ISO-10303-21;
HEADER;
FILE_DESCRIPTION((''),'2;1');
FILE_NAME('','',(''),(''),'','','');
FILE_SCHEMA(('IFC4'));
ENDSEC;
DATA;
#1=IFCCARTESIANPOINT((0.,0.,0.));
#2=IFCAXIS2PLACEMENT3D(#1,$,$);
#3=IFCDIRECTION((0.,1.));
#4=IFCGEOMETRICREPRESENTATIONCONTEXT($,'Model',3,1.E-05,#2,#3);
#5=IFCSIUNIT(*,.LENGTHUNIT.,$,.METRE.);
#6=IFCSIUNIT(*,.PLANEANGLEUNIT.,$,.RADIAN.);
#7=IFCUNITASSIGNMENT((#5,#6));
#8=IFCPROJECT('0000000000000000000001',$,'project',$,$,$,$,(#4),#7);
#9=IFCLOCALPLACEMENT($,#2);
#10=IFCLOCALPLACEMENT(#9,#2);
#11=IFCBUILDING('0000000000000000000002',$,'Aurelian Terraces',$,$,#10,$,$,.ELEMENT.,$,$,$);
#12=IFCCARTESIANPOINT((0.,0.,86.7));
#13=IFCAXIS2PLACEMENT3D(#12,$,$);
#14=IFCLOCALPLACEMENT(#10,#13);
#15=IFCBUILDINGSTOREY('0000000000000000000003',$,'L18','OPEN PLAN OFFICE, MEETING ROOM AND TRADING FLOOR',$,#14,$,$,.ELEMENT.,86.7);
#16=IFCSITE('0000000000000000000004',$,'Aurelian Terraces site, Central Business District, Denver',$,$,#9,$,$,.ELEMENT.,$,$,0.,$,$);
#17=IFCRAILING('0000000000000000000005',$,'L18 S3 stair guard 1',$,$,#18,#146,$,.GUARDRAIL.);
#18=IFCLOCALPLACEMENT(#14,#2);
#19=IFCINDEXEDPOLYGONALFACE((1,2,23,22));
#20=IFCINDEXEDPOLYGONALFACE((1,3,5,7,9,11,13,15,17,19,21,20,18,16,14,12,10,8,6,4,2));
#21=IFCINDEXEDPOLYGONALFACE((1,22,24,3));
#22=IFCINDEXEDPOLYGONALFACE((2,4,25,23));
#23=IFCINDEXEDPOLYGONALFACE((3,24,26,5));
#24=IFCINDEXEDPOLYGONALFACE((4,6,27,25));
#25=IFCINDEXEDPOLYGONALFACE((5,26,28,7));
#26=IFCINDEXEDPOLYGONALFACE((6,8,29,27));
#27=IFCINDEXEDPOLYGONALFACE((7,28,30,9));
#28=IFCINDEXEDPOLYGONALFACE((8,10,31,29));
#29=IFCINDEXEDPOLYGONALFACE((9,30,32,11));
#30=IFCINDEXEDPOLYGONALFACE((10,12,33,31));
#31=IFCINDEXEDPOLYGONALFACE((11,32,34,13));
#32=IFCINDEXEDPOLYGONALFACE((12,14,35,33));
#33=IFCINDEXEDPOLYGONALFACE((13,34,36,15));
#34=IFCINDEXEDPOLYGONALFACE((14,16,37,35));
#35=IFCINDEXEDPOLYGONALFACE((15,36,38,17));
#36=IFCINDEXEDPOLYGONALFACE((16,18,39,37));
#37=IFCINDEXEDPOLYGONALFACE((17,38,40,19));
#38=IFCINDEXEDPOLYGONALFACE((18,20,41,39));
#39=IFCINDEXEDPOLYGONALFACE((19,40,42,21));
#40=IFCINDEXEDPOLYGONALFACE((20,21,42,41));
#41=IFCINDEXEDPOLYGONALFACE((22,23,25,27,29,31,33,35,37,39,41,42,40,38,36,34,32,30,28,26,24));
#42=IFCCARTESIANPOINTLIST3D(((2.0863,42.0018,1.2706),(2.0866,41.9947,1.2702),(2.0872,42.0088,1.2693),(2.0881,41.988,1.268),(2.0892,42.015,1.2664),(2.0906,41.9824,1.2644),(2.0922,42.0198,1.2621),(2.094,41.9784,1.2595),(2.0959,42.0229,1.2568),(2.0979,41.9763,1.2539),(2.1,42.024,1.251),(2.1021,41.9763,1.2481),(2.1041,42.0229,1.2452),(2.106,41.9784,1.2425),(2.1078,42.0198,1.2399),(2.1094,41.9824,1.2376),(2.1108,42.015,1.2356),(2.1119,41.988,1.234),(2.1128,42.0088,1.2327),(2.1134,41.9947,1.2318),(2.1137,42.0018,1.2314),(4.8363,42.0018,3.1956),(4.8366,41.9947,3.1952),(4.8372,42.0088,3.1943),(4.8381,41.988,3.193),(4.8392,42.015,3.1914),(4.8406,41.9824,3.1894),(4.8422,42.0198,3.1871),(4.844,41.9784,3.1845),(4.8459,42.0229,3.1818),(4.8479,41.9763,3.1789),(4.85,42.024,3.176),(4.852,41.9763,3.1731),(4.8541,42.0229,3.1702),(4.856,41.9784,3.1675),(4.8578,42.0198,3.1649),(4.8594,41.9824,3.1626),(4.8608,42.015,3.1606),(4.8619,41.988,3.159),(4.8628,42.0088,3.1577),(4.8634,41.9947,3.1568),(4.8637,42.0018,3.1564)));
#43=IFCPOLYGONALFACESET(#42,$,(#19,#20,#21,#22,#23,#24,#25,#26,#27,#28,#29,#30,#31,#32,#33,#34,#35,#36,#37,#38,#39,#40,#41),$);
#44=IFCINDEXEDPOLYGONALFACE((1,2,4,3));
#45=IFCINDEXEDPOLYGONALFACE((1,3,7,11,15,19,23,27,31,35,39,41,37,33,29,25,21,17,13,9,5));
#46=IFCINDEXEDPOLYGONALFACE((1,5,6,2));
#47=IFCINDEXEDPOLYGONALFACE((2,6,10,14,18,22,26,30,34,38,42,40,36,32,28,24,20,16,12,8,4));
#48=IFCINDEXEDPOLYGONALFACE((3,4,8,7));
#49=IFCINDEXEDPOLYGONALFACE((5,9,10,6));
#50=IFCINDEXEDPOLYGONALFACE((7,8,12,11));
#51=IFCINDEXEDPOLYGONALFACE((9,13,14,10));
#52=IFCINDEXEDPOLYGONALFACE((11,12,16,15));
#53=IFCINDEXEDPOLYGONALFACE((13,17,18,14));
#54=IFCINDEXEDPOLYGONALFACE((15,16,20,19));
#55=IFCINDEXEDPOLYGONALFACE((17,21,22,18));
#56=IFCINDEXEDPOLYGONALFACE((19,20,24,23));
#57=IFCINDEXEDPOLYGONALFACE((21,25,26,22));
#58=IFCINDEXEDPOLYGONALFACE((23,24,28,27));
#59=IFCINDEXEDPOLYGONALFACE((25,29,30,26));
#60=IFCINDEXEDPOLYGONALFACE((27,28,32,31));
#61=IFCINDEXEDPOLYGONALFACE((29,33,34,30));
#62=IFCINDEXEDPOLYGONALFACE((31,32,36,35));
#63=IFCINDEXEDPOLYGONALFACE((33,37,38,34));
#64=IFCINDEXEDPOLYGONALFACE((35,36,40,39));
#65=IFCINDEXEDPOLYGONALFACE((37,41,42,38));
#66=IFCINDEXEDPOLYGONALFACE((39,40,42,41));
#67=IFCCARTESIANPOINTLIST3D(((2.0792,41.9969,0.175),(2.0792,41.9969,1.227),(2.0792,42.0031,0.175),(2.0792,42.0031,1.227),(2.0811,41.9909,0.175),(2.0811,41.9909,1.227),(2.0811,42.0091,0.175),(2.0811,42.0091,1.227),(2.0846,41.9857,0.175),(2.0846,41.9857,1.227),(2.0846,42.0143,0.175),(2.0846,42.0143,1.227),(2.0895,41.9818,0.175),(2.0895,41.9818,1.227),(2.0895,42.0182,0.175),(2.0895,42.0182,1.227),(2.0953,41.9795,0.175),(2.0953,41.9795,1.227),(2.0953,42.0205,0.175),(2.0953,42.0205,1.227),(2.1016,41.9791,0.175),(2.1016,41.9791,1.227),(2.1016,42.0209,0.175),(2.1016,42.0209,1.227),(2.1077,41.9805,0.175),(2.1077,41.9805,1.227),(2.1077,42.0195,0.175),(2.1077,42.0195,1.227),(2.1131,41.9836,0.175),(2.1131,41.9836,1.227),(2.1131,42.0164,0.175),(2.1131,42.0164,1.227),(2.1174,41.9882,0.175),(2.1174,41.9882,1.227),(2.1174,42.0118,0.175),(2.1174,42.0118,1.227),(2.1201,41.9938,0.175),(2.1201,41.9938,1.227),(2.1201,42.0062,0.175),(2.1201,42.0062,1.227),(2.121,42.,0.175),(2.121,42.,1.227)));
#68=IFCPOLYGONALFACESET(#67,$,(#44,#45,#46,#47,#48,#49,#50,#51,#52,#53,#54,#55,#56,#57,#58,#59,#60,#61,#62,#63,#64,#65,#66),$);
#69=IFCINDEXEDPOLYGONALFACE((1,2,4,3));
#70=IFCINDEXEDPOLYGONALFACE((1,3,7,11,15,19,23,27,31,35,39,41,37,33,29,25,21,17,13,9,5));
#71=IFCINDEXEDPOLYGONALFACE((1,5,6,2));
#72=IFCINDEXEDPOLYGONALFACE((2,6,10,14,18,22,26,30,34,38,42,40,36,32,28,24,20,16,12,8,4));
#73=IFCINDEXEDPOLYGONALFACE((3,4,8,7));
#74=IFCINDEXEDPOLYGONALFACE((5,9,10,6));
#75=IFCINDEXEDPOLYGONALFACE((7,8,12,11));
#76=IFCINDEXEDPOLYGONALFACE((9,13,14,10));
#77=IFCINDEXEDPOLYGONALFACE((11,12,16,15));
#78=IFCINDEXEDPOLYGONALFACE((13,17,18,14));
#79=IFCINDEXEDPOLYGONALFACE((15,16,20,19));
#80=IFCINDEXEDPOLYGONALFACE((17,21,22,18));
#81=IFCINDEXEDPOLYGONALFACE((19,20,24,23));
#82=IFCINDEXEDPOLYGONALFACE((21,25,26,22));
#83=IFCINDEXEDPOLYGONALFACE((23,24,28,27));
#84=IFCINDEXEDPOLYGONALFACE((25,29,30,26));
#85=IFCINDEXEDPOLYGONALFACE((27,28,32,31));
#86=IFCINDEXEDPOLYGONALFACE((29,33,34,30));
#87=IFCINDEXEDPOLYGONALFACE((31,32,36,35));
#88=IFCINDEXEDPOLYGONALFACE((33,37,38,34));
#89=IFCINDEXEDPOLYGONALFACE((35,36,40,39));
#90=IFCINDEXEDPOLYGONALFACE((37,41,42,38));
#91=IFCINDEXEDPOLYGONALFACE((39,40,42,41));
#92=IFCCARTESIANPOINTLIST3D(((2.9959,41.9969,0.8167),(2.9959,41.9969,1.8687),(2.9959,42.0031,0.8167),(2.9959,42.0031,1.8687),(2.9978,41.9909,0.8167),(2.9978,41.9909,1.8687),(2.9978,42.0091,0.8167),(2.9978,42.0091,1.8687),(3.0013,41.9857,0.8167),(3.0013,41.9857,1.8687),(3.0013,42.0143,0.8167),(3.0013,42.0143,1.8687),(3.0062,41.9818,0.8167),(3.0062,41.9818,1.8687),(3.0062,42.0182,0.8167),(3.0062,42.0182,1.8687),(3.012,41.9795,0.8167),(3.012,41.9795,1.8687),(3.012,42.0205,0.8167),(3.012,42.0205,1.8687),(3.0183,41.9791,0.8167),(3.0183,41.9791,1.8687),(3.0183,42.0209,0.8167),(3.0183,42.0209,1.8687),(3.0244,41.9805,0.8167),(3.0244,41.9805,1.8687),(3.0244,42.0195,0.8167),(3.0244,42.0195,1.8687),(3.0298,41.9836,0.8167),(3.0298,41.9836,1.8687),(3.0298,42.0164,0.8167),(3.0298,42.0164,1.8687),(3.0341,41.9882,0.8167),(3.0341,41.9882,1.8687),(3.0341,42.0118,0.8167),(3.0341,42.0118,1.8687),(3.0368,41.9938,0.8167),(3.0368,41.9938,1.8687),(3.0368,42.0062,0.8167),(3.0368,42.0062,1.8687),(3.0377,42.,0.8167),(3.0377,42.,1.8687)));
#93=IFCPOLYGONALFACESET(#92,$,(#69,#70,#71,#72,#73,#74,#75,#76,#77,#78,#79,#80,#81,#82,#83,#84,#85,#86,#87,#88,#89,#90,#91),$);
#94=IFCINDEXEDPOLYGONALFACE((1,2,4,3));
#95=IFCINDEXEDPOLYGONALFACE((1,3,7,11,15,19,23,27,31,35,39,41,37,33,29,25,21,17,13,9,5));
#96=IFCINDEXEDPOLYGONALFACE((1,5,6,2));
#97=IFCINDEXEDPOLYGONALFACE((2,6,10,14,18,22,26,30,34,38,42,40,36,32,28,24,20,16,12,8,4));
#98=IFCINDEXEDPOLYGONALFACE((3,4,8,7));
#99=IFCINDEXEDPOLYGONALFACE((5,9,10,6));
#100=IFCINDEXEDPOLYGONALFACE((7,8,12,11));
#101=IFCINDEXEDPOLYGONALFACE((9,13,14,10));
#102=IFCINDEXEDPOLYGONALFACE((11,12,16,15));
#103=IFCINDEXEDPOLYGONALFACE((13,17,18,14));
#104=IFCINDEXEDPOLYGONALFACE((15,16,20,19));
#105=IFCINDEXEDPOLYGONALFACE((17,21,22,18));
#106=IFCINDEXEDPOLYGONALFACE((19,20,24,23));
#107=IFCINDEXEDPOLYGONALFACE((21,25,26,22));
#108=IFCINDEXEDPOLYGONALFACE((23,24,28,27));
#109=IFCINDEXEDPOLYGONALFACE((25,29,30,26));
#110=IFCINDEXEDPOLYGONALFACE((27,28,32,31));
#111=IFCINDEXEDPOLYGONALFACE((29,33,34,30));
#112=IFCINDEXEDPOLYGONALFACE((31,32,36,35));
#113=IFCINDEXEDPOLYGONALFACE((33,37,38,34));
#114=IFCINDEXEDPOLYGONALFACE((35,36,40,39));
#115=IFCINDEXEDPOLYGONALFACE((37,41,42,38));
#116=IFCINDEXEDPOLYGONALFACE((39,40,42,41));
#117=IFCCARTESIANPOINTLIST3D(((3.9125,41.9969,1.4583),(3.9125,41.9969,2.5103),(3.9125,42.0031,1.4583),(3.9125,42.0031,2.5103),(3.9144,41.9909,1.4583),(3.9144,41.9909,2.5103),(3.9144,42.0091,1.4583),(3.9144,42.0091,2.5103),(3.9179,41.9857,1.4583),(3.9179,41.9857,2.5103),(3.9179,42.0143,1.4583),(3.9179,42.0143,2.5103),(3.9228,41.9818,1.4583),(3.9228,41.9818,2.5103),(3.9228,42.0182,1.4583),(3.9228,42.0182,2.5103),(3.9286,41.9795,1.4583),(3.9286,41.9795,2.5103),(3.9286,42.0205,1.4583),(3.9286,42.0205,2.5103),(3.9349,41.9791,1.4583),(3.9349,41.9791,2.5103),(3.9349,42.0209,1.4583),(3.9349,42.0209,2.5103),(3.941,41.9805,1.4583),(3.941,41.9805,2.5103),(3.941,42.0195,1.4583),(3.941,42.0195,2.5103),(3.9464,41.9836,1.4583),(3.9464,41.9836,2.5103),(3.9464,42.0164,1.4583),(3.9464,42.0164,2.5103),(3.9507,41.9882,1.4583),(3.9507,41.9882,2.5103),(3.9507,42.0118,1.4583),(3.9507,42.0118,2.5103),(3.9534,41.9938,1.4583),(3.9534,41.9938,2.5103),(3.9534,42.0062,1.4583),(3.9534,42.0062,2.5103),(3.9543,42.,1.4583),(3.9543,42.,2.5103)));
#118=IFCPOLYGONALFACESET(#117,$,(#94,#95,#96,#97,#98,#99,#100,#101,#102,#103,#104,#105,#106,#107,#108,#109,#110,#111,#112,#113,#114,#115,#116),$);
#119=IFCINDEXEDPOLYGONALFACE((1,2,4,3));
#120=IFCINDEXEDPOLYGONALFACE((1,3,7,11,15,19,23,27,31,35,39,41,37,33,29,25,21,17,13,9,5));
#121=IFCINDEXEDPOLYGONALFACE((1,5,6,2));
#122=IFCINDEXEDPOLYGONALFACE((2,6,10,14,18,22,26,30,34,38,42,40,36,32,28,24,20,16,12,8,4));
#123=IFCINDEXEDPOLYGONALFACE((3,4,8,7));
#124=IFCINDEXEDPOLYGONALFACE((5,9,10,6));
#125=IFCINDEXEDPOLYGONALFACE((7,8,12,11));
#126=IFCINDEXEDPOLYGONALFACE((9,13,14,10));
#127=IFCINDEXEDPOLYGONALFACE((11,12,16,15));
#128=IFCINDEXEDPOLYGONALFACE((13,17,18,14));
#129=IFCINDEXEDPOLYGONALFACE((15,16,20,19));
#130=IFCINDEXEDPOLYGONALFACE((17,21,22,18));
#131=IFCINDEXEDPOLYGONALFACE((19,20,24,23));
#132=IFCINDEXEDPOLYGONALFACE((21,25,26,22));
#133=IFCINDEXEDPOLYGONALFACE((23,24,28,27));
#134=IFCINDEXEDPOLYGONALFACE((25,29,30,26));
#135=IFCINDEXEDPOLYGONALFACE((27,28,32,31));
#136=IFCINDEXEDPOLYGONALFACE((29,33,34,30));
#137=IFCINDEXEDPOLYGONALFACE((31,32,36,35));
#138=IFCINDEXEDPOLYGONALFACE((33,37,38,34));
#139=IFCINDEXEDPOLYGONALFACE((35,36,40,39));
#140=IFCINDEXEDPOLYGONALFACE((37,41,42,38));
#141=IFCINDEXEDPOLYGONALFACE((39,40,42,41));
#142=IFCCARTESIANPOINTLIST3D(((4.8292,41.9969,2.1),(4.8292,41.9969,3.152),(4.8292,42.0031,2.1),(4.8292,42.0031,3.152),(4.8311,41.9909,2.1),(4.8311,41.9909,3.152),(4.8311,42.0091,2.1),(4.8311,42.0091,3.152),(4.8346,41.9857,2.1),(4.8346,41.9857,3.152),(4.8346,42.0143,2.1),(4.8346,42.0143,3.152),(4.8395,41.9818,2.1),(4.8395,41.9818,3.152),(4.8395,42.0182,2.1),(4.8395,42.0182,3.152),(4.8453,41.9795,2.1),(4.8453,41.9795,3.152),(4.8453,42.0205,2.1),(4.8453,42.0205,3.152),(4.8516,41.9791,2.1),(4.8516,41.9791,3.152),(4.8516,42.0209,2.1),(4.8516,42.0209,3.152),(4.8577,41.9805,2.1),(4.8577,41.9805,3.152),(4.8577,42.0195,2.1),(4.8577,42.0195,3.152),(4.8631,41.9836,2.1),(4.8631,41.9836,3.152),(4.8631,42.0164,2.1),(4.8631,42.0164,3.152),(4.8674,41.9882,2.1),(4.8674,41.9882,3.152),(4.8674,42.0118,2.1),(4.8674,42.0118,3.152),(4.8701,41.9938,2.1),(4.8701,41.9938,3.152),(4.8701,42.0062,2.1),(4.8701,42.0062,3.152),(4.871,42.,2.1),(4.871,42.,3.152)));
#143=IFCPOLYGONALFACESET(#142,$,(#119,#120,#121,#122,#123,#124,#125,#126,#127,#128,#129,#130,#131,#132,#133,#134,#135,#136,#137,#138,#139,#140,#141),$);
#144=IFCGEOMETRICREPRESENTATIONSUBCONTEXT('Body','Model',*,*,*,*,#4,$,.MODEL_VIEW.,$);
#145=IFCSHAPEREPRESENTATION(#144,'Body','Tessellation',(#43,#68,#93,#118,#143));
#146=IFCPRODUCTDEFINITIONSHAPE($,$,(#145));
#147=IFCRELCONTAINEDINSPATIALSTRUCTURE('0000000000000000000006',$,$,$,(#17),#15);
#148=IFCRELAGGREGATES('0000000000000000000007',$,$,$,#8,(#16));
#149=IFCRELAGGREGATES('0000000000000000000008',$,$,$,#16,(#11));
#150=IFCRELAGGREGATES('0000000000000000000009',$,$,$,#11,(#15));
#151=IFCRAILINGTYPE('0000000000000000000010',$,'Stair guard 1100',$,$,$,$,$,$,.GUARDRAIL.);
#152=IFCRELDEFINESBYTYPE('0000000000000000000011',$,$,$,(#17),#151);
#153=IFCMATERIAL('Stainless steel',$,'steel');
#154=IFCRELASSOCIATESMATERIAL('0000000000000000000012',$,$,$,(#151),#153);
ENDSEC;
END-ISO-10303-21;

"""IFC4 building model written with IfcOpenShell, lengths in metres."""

from ifc_helpers import new_model, si_unit, direction, frame, origin, origin_2d, place, context, subcontext, project, spatial, circle, extrude, source, transform, mapped, material, type_object, element, save


model = new_model("IFC4")

# Units and contexts
model_context = context("Model", 3, precision=1e-05, world=origin(), true_north=direction((0.0, 1.0)))
body_context = subcontext(model_context, "Body", "Model", "MODEL_VIEW")
ifc_project = project(units=[si_unit("LENGTHUNIT", "METRE"), si_unit("PLANEANGLEUNIT", "RADIAN")], contexts=[model_context])

# Site, building, storey
site_placement = place(None, origin())
site = spatial("IfcSite", under=ifc_project, at=site_placement, Name="Aurelian Terraces site, Central Business District, Denver", CompositionType="ELEMENT", RefElevation=0.0)
building_placement = place(site_placement, origin())
building = spatial("IfcBuilding", under=site, at=building_placement, Name="Aurelian Terraces", CompositionType="ELEMENT")
storey_placement = place(building_placement, frame((0.0, 0.0, 86.7)))
storey = spatial("IfcBuildingStorey", under=building, at=storey_placement, Name="L18", Description="OPEN PLAN OFFICE, MEETING ROOM AND TRADING FLOOR", CompositionType="ELEMENT", Elevation=86.7)

# Railing
ifc_material_1 = material(Name="Stainless steel", Category="steel")
railing_type_1 = type_object("IfcRailingType", Name="Stair guard 1100", PredefinedType="GUARDRAIL", material=ifc_material_1)
shared_shape_1 = source(origin(), body_context, "Body", "SweptSolid", [
    extrude(circle(Radius=0.024, at=origin_2d()), frame((0.0, 0.0, 1.076), z_axis=(0.819232, 0.0, 0.573462), x_axis=(0.0, 1.0, 0.0)), (0.0, 0.0, 1.0), 3.3568),
    extrude(circle(Radius=0.021, at=origin_2d()), origin(), (0.0, 0.0, 1.0), 1.052),
    extrude(circle(Radius=0.021, at=origin_2d()), frame((0.9167, 0.0, 0.6417)), (0.0, 0.0, 1.0), 1.052),
    extrude(circle(Radius=0.021, at=origin_2d()), frame((1.8333, 0.0, 1.2833)), (0.0, 0.0, 1.0), 1.052),
    extrude(circle(Radius=0.021, at=origin_2d()), frame((2.75, 0.0, 1.925)), (0.0, 0.0, 1.0), 1.052),
])
railing_1_placement = place(storey_placement, frame((2.1, 42.0, 0.175)))
element("IfcRailing", 1, at=railing_1_placement, inside=storey, type_object=railing_type_1, Name="L18 S3 stair guard 1", PredefinedType="GUARDRAIL", context=body_context, shape_type="MappedRepresentation", body=[
    mapped(shared_shape_1, transform((0.0, 0.0, 0.0), scale=1.0)),
])

save(model, "model.ifc")
